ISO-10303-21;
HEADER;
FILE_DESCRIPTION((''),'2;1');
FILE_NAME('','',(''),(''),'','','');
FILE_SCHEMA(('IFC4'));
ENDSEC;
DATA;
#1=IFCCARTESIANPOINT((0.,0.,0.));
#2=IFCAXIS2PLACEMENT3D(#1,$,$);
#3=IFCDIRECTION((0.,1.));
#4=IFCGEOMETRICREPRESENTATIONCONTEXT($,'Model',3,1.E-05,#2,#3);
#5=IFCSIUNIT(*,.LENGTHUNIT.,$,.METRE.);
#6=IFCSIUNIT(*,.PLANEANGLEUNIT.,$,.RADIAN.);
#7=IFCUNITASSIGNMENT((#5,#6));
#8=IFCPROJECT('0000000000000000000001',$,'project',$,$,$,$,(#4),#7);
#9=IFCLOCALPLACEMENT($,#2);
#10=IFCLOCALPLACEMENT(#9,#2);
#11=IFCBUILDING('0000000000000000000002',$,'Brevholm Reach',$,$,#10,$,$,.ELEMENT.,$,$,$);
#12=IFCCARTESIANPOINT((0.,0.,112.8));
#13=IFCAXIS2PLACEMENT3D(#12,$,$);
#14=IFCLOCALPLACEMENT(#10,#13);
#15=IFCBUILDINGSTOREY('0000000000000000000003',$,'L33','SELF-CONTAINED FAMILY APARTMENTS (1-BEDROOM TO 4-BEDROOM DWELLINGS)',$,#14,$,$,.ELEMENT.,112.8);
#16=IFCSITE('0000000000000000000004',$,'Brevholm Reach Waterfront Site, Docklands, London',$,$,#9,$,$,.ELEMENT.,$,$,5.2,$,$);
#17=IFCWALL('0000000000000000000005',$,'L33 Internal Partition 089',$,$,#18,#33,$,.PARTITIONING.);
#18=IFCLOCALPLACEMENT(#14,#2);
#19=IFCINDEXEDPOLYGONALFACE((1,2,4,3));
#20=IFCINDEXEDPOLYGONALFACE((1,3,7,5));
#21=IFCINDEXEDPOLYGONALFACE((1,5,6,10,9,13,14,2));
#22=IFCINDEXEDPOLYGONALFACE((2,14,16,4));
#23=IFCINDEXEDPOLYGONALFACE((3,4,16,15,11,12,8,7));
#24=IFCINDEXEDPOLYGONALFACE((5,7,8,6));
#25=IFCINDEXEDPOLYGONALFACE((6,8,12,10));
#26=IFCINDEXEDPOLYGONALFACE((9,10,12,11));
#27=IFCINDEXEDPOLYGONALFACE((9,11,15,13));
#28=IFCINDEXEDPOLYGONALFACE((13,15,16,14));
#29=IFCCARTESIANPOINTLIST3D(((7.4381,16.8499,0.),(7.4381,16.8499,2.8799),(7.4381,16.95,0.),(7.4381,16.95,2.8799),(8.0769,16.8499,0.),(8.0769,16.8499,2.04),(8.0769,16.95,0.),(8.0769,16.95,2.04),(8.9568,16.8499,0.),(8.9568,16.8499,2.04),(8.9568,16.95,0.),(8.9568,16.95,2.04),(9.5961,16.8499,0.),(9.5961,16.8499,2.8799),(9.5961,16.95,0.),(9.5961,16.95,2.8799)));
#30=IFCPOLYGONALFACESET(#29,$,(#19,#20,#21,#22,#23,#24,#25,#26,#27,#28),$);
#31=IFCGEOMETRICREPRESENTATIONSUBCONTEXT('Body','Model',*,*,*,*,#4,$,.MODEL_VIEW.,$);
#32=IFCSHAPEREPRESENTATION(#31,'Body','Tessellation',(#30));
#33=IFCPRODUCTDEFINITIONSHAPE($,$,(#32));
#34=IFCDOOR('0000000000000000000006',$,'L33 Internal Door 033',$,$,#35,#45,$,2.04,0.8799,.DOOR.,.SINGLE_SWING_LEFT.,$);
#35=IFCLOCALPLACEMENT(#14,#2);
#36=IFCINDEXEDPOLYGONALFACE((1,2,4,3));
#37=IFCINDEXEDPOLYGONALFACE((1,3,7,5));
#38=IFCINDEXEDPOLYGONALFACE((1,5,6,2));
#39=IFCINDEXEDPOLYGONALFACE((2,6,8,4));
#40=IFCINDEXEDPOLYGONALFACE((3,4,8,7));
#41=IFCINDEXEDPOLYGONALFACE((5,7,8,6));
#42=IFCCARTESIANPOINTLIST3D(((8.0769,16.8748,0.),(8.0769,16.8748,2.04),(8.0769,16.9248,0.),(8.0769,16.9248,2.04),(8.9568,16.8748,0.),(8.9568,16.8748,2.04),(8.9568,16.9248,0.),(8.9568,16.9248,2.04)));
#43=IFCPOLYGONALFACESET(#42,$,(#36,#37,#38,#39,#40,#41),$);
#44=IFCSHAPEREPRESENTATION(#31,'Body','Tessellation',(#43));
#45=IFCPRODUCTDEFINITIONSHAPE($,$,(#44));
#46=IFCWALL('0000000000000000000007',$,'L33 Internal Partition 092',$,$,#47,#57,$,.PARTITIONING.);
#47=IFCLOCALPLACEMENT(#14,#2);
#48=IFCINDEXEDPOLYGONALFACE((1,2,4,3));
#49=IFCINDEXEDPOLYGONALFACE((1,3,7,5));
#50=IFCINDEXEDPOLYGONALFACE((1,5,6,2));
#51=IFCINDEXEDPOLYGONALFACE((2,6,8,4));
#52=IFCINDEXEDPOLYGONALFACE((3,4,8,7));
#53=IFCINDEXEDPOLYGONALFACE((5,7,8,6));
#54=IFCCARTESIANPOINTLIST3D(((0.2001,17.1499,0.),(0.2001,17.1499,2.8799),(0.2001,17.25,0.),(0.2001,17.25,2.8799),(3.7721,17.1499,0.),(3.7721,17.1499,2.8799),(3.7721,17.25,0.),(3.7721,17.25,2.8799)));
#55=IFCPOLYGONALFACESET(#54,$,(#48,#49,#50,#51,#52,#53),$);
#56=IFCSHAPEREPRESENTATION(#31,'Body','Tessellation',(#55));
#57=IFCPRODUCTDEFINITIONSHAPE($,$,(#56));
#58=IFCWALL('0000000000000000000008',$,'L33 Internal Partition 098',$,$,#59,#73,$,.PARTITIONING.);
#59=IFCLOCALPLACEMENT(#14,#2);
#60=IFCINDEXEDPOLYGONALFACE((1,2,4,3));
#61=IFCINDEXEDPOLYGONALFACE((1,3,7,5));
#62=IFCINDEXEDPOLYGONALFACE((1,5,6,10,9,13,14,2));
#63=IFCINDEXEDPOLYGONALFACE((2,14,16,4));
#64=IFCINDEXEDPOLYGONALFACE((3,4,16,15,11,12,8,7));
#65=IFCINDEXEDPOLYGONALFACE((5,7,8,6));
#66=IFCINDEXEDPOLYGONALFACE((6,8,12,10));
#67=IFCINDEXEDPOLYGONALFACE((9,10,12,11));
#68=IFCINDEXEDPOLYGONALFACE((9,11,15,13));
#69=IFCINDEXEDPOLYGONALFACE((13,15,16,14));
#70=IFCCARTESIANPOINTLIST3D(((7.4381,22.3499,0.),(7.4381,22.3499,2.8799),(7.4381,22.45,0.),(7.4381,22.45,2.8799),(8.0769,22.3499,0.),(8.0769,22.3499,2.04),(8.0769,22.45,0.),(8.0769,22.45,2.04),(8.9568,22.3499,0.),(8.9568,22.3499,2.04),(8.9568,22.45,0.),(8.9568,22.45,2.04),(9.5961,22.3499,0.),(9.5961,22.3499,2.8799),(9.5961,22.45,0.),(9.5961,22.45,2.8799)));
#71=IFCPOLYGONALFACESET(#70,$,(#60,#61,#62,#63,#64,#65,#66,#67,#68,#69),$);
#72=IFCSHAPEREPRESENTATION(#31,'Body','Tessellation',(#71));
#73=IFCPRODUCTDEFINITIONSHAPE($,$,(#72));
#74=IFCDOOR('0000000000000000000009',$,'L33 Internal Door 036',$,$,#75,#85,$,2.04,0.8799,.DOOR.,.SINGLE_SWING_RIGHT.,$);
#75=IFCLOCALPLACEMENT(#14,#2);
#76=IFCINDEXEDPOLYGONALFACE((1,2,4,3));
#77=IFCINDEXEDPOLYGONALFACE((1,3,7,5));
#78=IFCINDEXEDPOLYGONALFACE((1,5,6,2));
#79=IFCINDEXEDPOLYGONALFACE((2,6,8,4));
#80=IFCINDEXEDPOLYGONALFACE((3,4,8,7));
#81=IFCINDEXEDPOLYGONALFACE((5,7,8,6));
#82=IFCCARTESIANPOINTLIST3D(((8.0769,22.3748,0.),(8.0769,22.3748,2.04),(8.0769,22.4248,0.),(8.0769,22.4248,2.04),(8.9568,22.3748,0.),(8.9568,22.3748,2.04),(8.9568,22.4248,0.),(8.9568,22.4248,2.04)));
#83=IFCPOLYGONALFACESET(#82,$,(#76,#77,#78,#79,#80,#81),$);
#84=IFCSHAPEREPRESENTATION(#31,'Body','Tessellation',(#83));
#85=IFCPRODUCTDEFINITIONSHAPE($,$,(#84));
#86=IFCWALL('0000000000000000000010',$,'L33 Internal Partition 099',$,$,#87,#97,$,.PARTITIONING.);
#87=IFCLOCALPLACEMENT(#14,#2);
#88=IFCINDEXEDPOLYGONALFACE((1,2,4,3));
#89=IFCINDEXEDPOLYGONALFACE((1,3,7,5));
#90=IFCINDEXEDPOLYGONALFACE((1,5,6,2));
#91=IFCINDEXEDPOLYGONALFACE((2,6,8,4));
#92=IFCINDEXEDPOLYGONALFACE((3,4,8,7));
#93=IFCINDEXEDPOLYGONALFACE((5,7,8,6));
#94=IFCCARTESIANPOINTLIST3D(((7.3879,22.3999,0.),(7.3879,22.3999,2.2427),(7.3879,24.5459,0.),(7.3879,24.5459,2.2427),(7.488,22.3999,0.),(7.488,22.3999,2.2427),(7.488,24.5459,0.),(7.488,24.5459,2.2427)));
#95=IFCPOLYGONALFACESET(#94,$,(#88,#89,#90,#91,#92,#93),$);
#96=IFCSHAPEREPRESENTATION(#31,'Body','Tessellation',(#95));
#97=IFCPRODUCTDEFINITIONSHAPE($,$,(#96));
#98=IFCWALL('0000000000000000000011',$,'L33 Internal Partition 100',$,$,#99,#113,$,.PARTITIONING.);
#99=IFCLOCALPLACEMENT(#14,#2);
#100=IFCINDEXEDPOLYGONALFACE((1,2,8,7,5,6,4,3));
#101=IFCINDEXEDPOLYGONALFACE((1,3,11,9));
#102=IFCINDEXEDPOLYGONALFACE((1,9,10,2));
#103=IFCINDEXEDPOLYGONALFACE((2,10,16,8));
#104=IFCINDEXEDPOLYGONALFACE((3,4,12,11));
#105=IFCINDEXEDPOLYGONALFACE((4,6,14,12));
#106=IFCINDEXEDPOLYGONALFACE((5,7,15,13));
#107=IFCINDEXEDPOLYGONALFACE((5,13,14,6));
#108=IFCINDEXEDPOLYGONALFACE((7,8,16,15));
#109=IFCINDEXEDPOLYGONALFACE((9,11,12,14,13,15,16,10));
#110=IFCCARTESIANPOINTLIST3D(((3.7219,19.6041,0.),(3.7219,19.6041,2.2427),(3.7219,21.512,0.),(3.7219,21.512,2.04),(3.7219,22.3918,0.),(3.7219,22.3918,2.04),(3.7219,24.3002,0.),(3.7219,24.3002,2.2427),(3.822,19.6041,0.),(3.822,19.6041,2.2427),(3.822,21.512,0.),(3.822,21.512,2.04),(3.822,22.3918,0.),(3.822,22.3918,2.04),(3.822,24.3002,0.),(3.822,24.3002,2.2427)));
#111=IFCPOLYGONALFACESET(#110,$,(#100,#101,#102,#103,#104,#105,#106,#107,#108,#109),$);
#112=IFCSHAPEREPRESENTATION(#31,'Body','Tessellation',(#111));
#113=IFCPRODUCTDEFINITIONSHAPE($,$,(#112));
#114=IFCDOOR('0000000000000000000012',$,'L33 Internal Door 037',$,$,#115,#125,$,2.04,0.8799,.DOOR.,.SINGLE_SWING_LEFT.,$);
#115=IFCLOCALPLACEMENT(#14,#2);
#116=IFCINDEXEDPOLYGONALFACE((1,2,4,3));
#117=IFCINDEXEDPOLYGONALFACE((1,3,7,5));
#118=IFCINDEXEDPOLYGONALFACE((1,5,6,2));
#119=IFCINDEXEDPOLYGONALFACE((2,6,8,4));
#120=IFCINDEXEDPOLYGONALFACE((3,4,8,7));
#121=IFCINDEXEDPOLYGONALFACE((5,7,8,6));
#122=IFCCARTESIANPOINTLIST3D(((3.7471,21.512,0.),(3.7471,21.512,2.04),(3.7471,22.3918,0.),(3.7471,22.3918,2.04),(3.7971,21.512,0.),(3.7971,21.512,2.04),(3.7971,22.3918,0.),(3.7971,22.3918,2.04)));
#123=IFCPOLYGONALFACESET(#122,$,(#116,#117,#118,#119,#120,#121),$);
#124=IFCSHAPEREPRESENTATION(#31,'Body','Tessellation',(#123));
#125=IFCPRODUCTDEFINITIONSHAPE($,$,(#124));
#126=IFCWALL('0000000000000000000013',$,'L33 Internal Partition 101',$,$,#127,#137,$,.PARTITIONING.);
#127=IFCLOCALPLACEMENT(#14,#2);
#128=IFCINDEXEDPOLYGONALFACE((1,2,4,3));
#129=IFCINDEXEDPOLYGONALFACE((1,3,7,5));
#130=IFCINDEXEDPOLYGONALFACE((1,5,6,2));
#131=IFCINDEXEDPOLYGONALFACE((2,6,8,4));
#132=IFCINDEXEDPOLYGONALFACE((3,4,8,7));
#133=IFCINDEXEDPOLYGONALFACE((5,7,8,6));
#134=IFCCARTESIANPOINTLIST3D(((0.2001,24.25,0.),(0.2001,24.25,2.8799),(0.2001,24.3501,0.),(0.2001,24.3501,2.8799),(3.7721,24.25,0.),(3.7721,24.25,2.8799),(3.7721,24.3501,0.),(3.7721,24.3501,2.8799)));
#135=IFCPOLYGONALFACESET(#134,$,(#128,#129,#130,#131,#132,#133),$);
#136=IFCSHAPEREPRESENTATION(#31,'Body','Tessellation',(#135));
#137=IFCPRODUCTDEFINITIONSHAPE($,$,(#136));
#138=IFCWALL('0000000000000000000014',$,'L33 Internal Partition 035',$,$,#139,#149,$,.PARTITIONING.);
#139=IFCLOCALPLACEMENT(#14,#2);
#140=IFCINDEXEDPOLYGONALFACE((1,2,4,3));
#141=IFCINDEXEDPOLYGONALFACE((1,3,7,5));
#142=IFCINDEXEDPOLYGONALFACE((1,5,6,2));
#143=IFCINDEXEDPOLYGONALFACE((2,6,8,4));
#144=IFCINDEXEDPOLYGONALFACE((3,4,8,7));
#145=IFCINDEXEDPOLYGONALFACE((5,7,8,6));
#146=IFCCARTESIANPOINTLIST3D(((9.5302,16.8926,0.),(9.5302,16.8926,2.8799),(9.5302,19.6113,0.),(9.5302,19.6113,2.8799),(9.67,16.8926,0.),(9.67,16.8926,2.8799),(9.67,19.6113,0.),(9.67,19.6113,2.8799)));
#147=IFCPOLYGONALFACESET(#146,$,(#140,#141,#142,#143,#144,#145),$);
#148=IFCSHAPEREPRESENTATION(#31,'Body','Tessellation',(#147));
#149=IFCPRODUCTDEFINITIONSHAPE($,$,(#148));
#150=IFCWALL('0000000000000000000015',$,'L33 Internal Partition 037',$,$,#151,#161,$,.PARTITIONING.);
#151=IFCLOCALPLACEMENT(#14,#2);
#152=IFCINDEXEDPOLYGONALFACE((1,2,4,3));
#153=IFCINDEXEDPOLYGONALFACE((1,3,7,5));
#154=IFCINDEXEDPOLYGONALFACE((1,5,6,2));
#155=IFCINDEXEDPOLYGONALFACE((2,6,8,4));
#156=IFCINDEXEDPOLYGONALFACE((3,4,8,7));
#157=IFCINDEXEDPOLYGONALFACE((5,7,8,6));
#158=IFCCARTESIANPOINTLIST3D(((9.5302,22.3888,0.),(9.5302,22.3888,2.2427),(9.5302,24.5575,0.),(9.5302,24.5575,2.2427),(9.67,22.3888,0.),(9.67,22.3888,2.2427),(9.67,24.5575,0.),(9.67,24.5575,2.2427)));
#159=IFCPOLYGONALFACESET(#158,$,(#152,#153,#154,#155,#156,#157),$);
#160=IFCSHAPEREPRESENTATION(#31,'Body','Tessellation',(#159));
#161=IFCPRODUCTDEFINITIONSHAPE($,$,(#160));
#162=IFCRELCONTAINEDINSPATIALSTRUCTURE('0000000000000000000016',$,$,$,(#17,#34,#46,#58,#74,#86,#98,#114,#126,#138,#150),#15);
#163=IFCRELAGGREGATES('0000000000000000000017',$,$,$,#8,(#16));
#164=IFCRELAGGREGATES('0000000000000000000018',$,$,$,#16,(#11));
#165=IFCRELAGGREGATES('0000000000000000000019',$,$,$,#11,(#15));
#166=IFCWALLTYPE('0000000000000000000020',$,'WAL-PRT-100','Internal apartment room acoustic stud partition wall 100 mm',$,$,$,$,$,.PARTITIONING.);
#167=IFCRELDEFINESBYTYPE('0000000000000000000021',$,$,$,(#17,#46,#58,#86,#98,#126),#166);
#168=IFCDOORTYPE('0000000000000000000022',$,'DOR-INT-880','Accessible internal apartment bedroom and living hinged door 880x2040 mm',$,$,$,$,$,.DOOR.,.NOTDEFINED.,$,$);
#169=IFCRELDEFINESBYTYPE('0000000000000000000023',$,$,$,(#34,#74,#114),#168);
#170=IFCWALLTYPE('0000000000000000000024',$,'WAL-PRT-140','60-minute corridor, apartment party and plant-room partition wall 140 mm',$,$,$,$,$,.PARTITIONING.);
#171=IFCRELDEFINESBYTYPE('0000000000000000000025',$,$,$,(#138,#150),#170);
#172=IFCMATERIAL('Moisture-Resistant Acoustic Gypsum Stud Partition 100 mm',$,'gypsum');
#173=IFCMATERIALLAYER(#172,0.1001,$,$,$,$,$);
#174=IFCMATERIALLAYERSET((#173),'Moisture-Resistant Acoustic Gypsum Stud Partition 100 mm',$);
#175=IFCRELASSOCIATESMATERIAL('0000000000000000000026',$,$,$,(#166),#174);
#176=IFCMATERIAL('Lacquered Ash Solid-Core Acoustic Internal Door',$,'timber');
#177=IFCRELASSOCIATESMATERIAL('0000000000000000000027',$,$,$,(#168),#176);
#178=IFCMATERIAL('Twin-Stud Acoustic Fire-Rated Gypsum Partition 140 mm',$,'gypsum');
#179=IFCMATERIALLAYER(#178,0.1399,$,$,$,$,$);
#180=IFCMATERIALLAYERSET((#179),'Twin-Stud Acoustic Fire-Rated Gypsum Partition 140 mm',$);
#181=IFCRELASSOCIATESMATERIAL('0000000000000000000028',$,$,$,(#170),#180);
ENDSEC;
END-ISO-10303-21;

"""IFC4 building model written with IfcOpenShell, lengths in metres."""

from ifc_helpers import new_model, si_unit, direction, frame, frame_2d, origin, place, context, subcontext, project, spatial, rectangle, extrude, material, layer, layer_set, type_object, element, fill, save


model = new_model("IFC4")

# Units and contexts
model_context = context("Model", 3, precision=1e-05, world=origin(), true_north=direction((0.0, 1.0)))
body_context = subcontext(model_context, "Body", "Model", "MODEL_VIEW")
ifc_project = project(units=[si_unit("LENGTHUNIT", "METRE"), si_unit("PLANEANGLEUNIT", "RADIAN")], contexts=[model_context])

# Site, building, storey
site_placement = place(None, origin())
site = spatial("IfcSite", under=ifc_project, at=site_placement, Name="Brevholm Reach Waterfront Site, Docklands, London", CompositionType="ELEMENT", RefElevation=5.2)
building_placement = place(site_placement, origin())
building = spatial("IfcBuilding", under=site, at=building_placement, Name="Brevholm Reach", CompositionType="ELEMENT")
storey_placement = place(building_placement, frame((0.0, 0.0, 112.8)))
storey = spatial("IfcBuildingStorey", under=building, at=storey_placement, Name="L33", Description="SELF-CONTAINED FAMILY APARTMENTS (1-BEDROOM TO 4-BEDROOM DWELLINGS)", CompositionType="ELEMENT", Elevation=112.8)

# Wall, opening, door
ifc_material_1 = material(Name="Moisture-Resistant Acoustic Gypsum Stud Partition 100 mm", Category="gypsum")
ifc_layer_1 = layer(ifc_material_1, 0.1001)
ifc_layer_set_1 = layer_set([ifc_layer_1], Name="Moisture-Resistant Acoustic Gypsum Stud Partition 100 mm")
wall_type_1 = type_object("IfcWallType", Name="WAL-PRT-100", Description="Internal apartment room acoustic stud partition wall 100 mm", PredefinedType="PARTITIONING", material=ifc_layer_set_1)
wall_1_placement = place(storey_placement, frame((7.438, 16.8999, 0.0), z_axis=(0.0, 0.0, 1.0), x_axis=(1.0, 0.0, 0.0)))
wall_1 = element("IfcWall", 1, at=wall_1_placement, inside=storey, type_object=wall_type_1, Name="L33 Internal Partition 089", PredefinedType="PARTITIONING", context=body_context, shape_type="SweptSolid", body=[
    extrude(rectangle(XDim=2.158, YDim=0.1001, at=frame_2d((1.0791, 0.0))), origin(), (0.0, 0.0, 1.0), 2.8799),
])
opening_1_placement = place(wall_1_placement, frame((0.6389, 0.0, 0.0)))
opening_1 = element("IfcOpeningElement", 2, at=opening_1_placement, cuts=wall_1, PredefinedType="OPENING", context=body_context, shape_type="SweptSolid", body=[
    extrude(rectangle(XDim=0.8799, YDim=2.04, at=frame_2d((0.4399, 1.02))), frame((0.0, 0.0601, 0.0), z_axis=(0.0, -1.0, 0.0), x_axis=(1.0, 0.0, 0.0)), (0.0, 0.0, 1.0), 0.1201),
])
ifc_material_2 = material(Name="Lacquered Ash Solid-Core Acoustic Internal Door", Category="timber")
door_type_1 = type_object("IfcDoorType", Name="DOR-INT-880", Description="Accessible internal apartment bedroom and living hinged door 880x2040 mm", OperationType="NOTDEFINED", PredefinedType="DOOR", material=ifc_material_2)
door_1_placement = place(opening_1_placement, origin())
door_1 = element("IfcDoor", 3, at=door_1_placement, inside=storey, type_object=door_type_1, Name="L33 Internal Door 033", OperationType="SINGLE_SWING_LEFT", OverallHeight=2.04, OverallWidth=0.8799, PredefinedType="DOOR", context=body_context, shape_type="SweptSolid", body=[
    extrude(rectangle(XDim=0.8799, YDim=2.04, at=frame_2d((0.4399, 1.02))), frame((0.0, 0.0249, 0.0), z_axis=(0.0, -1.0, 0.0), x_axis=(1.0, 0.0, 0.0)), (0.0, 0.0, 1.0), 0.05),
])
fill(opening_1, door_1)

# Wall
wall_2_placement = place(storey_placement, frame((0.2, 17.2, 0.0), z_axis=(0.0, 0.0, 1.0), x_axis=(1.0, 0.0, 0.0)))
element("IfcWall", 4, at=wall_2_placement, inside=storey, type_object=wall_type_1, Name="L33 Internal Partition 092", PredefinedType="PARTITIONING", context=body_context, shape_type="SweptSolid", body=[
    extrude(rectangle(XDim=3.572, YDim=0.1001, at=frame_2d((1.7861, 0.0))), origin(), (0.0, 0.0, 1.0), 2.8799),
])

# Wall, opening, door
wall_3_placement = place(storey_placement, frame((7.438, 22.3999, 0.0), z_axis=(0.0, 0.0, 1.0), x_axis=(1.0, 0.0, 0.0)))
wall_3 = element("IfcWall", 5, at=wall_3_placement, inside=storey, type_object=wall_type_1, Name="L33 Internal Partition 098", PredefinedType="PARTITIONING", context=body_context, shape_type="SweptSolid", body=[
    extrude(rectangle(XDim=2.158, YDim=0.1001, at=frame_2d((1.0791, 0.0))), origin(), (0.0, 0.0, 1.0), 2.8799),
])
opening_2_placement = place(wall_3_placement, frame((0.6389, 0.0, 0.0)))
opening_2 = element("IfcOpeningElement", 6, at=opening_2_placement, cuts=wall_3, PredefinedType="OPENING", context=body_context, shape_type="SweptSolid", body=[
    extrude(rectangle(XDim=0.8799, YDim=2.04, at=frame_2d((0.4399, 1.02))), frame((0.0, 0.0601, 0.0), z_axis=(0.0, -1.0, 0.0), x_axis=(1.0, 0.0, 0.0)), (0.0, 0.0, 1.0), 0.1201),
])
door_2_placement = place(opening_2_placement, origin())
door_2 = element("IfcDoor", 7, at=door_2_placement, inside=storey, type_object=door_type_1, Name="L33 Internal Door 036", OperationType="SINGLE_SWING_RIGHT", OverallHeight=2.04, OverallWidth=0.8799, PredefinedType="DOOR", context=body_context, shape_type="SweptSolid", body=[
    extrude(rectangle(XDim=0.8799, YDim=2.04, at=frame_2d((0.4399, 1.02))), frame((0.0, 0.0249, 0.0), z_axis=(0.0, -1.0, 0.0), x_axis=(1.0, 0.0, 0.0)), (0.0, 0.0, 1.0), 0.05),
])
fill(opening_2, door_2)

# Wall
wall_4_placement = place(storey_placement, frame((7.438, 22.3999, 0.0), z_axis=(0.0, 0.0, 1.0), x_axis=(0.0, 1.0, 0.0)))
element("IfcWall", 8, at=wall_4_placement, inside=storey, type_object=wall_type_1, Name="L33 Internal Partition 099", PredefinedType="PARTITIONING", context=body_context, shape_type="SweptSolid", body=[
    extrude(rectangle(XDim=2.146, YDim=0.1001, at=frame_2d((1.073, 0.0))), origin(), (0.0, 0.0, 1.0), 2.2427),
])

# Wall, opening, door
wall_5_placement = place(storey_placement, frame((3.772, 19.604, 0.0), z_axis=(0.0, 0.0, 1.0), x_axis=(0.0, 1.0, 0.0)))
wall_5 = element("IfcWall", 9, at=wall_5_placement, inside=storey, type_object=wall_type_1, Name="L33 Internal Partition 100", PredefinedType="PARTITIONING", context=body_context, shape_type="SweptSolid", body=[
    extrude(rectangle(XDim=4.696, YDim=0.1001, at=frame_2d((2.3481, 0.0))), origin(), (0.0, 0.0, 1.0), 2.2427),
])
opening_3_placement = place(wall_5_placement, frame((1.908, 0.0, 0.0)))
opening_3 = element("IfcOpeningElement", 10, at=opening_3_placement, cuts=wall_5, PredefinedType="OPENING", context=body_context, shape_type="SweptSolid", body=[
    extrude(rectangle(XDim=0.8799, YDim=2.04, at=frame_2d((0.4399, 1.02))), frame((0.0, 0.0601, 0.0), z_axis=(0.0, -1.0, 0.0), x_axis=(1.0, 0.0, 0.0)), (0.0, 0.0, 1.0), 0.1201),
])
door_3_placement = place(opening_3_placement, origin())
door_3 = element("IfcDoor", 11, at=door_3_placement, inside=storey, type_object=door_type_1, Name="L33 Internal Door 037", OperationType="SINGLE_SWING_LEFT", OverallHeight=2.04, OverallWidth=0.8799, PredefinedType="DOOR", context=body_context, shape_type="SweptSolid", body=[
    extrude(rectangle(XDim=0.8799, YDim=2.04, at=frame_2d((0.4399, 1.02))), frame((0.0, 0.0249, 0.0), z_axis=(0.0, -1.0, 0.0), x_axis=(1.0, 0.0, 0.0)), (0.0, 0.0, 1.0), 0.05),
])
fill(opening_3, door_3)

# Walls
wall_6_placement = place(storey_placement, frame((0.2, 24.3, 0.0), z_axis=(0.0, 0.0, 1.0), x_axis=(1.0, 0.0, 0.0)))
element("IfcWall", 12, at=wall_6_placement, inside=storey, type_object=wall_type_1, Name="L33 Internal Partition 101", PredefinedType="PARTITIONING", context=body_context, shape_type="SweptSolid", body=[
    extrude(rectangle(XDim=3.572, YDim=0.1001, at=frame_2d((1.7861, 0.0))), origin(), (0.0, 0.0, 1.0), 2.8799),
])
ifc_material_3 = material(Name="Twin-Stud Acoustic Fire-Rated Gypsum Partition 140 mm", Category="gypsum")
ifc_layer_2 = layer(ifc_material_3, 0.1399)
ifc_layer_set_2 = layer_set([ifc_layer_2], Name="Twin-Stud Acoustic Fire-Rated Gypsum Partition 140 mm")
wall_type_2 = type_object("IfcWallType", Name="WAL-PRT-140", Description="60-minute corridor, apartment party and plant-room partition wall 140 mm", PredefinedType="PARTITIONING", material=ifc_layer_set_2)
wall_7_placement = place(storey_placement, frame((9.6001, 16.8926, 0.0), z_axis=(0.0, 0.0, 1.0), x_axis=(0.0, 1.0, 0.0)))
element("IfcWall", 13, at=wall_7_placement, inside=storey, type_object=wall_type_2, Name="L33 Internal Partition 035", PredefinedType="PARTITIONING", context=body_context, shape_type="SweptSolid", body=[
    extrude(rectangle(XDim=2.7188, YDim=0.1399, at=frame_2d((1.3594, 0.0))), origin(), (0.0, 0.0, 1.0), 2.8799),
])
wall_8_placement = place(storey_placement, frame((9.6001, 22.3887, 0.0), z_axis=(0.0, 0.0, 1.0), x_axis=(0.0, 1.0, 0.0)))
element("IfcWall", 14, at=wall_8_placement, inside=storey, type_object=wall_type_2, Name="L33 Internal Partition 037", PredefinedType="PARTITIONING", context=body_context, shape_type="SweptSolid", body=[
    extrude(rectangle(XDim=2.1687, YDim=0.1399, at=frame_2d((1.0845, 0.0))), origin(), (0.0, 0.0, 1.0), 2.2427),
])

save(model, "model.ifc")
